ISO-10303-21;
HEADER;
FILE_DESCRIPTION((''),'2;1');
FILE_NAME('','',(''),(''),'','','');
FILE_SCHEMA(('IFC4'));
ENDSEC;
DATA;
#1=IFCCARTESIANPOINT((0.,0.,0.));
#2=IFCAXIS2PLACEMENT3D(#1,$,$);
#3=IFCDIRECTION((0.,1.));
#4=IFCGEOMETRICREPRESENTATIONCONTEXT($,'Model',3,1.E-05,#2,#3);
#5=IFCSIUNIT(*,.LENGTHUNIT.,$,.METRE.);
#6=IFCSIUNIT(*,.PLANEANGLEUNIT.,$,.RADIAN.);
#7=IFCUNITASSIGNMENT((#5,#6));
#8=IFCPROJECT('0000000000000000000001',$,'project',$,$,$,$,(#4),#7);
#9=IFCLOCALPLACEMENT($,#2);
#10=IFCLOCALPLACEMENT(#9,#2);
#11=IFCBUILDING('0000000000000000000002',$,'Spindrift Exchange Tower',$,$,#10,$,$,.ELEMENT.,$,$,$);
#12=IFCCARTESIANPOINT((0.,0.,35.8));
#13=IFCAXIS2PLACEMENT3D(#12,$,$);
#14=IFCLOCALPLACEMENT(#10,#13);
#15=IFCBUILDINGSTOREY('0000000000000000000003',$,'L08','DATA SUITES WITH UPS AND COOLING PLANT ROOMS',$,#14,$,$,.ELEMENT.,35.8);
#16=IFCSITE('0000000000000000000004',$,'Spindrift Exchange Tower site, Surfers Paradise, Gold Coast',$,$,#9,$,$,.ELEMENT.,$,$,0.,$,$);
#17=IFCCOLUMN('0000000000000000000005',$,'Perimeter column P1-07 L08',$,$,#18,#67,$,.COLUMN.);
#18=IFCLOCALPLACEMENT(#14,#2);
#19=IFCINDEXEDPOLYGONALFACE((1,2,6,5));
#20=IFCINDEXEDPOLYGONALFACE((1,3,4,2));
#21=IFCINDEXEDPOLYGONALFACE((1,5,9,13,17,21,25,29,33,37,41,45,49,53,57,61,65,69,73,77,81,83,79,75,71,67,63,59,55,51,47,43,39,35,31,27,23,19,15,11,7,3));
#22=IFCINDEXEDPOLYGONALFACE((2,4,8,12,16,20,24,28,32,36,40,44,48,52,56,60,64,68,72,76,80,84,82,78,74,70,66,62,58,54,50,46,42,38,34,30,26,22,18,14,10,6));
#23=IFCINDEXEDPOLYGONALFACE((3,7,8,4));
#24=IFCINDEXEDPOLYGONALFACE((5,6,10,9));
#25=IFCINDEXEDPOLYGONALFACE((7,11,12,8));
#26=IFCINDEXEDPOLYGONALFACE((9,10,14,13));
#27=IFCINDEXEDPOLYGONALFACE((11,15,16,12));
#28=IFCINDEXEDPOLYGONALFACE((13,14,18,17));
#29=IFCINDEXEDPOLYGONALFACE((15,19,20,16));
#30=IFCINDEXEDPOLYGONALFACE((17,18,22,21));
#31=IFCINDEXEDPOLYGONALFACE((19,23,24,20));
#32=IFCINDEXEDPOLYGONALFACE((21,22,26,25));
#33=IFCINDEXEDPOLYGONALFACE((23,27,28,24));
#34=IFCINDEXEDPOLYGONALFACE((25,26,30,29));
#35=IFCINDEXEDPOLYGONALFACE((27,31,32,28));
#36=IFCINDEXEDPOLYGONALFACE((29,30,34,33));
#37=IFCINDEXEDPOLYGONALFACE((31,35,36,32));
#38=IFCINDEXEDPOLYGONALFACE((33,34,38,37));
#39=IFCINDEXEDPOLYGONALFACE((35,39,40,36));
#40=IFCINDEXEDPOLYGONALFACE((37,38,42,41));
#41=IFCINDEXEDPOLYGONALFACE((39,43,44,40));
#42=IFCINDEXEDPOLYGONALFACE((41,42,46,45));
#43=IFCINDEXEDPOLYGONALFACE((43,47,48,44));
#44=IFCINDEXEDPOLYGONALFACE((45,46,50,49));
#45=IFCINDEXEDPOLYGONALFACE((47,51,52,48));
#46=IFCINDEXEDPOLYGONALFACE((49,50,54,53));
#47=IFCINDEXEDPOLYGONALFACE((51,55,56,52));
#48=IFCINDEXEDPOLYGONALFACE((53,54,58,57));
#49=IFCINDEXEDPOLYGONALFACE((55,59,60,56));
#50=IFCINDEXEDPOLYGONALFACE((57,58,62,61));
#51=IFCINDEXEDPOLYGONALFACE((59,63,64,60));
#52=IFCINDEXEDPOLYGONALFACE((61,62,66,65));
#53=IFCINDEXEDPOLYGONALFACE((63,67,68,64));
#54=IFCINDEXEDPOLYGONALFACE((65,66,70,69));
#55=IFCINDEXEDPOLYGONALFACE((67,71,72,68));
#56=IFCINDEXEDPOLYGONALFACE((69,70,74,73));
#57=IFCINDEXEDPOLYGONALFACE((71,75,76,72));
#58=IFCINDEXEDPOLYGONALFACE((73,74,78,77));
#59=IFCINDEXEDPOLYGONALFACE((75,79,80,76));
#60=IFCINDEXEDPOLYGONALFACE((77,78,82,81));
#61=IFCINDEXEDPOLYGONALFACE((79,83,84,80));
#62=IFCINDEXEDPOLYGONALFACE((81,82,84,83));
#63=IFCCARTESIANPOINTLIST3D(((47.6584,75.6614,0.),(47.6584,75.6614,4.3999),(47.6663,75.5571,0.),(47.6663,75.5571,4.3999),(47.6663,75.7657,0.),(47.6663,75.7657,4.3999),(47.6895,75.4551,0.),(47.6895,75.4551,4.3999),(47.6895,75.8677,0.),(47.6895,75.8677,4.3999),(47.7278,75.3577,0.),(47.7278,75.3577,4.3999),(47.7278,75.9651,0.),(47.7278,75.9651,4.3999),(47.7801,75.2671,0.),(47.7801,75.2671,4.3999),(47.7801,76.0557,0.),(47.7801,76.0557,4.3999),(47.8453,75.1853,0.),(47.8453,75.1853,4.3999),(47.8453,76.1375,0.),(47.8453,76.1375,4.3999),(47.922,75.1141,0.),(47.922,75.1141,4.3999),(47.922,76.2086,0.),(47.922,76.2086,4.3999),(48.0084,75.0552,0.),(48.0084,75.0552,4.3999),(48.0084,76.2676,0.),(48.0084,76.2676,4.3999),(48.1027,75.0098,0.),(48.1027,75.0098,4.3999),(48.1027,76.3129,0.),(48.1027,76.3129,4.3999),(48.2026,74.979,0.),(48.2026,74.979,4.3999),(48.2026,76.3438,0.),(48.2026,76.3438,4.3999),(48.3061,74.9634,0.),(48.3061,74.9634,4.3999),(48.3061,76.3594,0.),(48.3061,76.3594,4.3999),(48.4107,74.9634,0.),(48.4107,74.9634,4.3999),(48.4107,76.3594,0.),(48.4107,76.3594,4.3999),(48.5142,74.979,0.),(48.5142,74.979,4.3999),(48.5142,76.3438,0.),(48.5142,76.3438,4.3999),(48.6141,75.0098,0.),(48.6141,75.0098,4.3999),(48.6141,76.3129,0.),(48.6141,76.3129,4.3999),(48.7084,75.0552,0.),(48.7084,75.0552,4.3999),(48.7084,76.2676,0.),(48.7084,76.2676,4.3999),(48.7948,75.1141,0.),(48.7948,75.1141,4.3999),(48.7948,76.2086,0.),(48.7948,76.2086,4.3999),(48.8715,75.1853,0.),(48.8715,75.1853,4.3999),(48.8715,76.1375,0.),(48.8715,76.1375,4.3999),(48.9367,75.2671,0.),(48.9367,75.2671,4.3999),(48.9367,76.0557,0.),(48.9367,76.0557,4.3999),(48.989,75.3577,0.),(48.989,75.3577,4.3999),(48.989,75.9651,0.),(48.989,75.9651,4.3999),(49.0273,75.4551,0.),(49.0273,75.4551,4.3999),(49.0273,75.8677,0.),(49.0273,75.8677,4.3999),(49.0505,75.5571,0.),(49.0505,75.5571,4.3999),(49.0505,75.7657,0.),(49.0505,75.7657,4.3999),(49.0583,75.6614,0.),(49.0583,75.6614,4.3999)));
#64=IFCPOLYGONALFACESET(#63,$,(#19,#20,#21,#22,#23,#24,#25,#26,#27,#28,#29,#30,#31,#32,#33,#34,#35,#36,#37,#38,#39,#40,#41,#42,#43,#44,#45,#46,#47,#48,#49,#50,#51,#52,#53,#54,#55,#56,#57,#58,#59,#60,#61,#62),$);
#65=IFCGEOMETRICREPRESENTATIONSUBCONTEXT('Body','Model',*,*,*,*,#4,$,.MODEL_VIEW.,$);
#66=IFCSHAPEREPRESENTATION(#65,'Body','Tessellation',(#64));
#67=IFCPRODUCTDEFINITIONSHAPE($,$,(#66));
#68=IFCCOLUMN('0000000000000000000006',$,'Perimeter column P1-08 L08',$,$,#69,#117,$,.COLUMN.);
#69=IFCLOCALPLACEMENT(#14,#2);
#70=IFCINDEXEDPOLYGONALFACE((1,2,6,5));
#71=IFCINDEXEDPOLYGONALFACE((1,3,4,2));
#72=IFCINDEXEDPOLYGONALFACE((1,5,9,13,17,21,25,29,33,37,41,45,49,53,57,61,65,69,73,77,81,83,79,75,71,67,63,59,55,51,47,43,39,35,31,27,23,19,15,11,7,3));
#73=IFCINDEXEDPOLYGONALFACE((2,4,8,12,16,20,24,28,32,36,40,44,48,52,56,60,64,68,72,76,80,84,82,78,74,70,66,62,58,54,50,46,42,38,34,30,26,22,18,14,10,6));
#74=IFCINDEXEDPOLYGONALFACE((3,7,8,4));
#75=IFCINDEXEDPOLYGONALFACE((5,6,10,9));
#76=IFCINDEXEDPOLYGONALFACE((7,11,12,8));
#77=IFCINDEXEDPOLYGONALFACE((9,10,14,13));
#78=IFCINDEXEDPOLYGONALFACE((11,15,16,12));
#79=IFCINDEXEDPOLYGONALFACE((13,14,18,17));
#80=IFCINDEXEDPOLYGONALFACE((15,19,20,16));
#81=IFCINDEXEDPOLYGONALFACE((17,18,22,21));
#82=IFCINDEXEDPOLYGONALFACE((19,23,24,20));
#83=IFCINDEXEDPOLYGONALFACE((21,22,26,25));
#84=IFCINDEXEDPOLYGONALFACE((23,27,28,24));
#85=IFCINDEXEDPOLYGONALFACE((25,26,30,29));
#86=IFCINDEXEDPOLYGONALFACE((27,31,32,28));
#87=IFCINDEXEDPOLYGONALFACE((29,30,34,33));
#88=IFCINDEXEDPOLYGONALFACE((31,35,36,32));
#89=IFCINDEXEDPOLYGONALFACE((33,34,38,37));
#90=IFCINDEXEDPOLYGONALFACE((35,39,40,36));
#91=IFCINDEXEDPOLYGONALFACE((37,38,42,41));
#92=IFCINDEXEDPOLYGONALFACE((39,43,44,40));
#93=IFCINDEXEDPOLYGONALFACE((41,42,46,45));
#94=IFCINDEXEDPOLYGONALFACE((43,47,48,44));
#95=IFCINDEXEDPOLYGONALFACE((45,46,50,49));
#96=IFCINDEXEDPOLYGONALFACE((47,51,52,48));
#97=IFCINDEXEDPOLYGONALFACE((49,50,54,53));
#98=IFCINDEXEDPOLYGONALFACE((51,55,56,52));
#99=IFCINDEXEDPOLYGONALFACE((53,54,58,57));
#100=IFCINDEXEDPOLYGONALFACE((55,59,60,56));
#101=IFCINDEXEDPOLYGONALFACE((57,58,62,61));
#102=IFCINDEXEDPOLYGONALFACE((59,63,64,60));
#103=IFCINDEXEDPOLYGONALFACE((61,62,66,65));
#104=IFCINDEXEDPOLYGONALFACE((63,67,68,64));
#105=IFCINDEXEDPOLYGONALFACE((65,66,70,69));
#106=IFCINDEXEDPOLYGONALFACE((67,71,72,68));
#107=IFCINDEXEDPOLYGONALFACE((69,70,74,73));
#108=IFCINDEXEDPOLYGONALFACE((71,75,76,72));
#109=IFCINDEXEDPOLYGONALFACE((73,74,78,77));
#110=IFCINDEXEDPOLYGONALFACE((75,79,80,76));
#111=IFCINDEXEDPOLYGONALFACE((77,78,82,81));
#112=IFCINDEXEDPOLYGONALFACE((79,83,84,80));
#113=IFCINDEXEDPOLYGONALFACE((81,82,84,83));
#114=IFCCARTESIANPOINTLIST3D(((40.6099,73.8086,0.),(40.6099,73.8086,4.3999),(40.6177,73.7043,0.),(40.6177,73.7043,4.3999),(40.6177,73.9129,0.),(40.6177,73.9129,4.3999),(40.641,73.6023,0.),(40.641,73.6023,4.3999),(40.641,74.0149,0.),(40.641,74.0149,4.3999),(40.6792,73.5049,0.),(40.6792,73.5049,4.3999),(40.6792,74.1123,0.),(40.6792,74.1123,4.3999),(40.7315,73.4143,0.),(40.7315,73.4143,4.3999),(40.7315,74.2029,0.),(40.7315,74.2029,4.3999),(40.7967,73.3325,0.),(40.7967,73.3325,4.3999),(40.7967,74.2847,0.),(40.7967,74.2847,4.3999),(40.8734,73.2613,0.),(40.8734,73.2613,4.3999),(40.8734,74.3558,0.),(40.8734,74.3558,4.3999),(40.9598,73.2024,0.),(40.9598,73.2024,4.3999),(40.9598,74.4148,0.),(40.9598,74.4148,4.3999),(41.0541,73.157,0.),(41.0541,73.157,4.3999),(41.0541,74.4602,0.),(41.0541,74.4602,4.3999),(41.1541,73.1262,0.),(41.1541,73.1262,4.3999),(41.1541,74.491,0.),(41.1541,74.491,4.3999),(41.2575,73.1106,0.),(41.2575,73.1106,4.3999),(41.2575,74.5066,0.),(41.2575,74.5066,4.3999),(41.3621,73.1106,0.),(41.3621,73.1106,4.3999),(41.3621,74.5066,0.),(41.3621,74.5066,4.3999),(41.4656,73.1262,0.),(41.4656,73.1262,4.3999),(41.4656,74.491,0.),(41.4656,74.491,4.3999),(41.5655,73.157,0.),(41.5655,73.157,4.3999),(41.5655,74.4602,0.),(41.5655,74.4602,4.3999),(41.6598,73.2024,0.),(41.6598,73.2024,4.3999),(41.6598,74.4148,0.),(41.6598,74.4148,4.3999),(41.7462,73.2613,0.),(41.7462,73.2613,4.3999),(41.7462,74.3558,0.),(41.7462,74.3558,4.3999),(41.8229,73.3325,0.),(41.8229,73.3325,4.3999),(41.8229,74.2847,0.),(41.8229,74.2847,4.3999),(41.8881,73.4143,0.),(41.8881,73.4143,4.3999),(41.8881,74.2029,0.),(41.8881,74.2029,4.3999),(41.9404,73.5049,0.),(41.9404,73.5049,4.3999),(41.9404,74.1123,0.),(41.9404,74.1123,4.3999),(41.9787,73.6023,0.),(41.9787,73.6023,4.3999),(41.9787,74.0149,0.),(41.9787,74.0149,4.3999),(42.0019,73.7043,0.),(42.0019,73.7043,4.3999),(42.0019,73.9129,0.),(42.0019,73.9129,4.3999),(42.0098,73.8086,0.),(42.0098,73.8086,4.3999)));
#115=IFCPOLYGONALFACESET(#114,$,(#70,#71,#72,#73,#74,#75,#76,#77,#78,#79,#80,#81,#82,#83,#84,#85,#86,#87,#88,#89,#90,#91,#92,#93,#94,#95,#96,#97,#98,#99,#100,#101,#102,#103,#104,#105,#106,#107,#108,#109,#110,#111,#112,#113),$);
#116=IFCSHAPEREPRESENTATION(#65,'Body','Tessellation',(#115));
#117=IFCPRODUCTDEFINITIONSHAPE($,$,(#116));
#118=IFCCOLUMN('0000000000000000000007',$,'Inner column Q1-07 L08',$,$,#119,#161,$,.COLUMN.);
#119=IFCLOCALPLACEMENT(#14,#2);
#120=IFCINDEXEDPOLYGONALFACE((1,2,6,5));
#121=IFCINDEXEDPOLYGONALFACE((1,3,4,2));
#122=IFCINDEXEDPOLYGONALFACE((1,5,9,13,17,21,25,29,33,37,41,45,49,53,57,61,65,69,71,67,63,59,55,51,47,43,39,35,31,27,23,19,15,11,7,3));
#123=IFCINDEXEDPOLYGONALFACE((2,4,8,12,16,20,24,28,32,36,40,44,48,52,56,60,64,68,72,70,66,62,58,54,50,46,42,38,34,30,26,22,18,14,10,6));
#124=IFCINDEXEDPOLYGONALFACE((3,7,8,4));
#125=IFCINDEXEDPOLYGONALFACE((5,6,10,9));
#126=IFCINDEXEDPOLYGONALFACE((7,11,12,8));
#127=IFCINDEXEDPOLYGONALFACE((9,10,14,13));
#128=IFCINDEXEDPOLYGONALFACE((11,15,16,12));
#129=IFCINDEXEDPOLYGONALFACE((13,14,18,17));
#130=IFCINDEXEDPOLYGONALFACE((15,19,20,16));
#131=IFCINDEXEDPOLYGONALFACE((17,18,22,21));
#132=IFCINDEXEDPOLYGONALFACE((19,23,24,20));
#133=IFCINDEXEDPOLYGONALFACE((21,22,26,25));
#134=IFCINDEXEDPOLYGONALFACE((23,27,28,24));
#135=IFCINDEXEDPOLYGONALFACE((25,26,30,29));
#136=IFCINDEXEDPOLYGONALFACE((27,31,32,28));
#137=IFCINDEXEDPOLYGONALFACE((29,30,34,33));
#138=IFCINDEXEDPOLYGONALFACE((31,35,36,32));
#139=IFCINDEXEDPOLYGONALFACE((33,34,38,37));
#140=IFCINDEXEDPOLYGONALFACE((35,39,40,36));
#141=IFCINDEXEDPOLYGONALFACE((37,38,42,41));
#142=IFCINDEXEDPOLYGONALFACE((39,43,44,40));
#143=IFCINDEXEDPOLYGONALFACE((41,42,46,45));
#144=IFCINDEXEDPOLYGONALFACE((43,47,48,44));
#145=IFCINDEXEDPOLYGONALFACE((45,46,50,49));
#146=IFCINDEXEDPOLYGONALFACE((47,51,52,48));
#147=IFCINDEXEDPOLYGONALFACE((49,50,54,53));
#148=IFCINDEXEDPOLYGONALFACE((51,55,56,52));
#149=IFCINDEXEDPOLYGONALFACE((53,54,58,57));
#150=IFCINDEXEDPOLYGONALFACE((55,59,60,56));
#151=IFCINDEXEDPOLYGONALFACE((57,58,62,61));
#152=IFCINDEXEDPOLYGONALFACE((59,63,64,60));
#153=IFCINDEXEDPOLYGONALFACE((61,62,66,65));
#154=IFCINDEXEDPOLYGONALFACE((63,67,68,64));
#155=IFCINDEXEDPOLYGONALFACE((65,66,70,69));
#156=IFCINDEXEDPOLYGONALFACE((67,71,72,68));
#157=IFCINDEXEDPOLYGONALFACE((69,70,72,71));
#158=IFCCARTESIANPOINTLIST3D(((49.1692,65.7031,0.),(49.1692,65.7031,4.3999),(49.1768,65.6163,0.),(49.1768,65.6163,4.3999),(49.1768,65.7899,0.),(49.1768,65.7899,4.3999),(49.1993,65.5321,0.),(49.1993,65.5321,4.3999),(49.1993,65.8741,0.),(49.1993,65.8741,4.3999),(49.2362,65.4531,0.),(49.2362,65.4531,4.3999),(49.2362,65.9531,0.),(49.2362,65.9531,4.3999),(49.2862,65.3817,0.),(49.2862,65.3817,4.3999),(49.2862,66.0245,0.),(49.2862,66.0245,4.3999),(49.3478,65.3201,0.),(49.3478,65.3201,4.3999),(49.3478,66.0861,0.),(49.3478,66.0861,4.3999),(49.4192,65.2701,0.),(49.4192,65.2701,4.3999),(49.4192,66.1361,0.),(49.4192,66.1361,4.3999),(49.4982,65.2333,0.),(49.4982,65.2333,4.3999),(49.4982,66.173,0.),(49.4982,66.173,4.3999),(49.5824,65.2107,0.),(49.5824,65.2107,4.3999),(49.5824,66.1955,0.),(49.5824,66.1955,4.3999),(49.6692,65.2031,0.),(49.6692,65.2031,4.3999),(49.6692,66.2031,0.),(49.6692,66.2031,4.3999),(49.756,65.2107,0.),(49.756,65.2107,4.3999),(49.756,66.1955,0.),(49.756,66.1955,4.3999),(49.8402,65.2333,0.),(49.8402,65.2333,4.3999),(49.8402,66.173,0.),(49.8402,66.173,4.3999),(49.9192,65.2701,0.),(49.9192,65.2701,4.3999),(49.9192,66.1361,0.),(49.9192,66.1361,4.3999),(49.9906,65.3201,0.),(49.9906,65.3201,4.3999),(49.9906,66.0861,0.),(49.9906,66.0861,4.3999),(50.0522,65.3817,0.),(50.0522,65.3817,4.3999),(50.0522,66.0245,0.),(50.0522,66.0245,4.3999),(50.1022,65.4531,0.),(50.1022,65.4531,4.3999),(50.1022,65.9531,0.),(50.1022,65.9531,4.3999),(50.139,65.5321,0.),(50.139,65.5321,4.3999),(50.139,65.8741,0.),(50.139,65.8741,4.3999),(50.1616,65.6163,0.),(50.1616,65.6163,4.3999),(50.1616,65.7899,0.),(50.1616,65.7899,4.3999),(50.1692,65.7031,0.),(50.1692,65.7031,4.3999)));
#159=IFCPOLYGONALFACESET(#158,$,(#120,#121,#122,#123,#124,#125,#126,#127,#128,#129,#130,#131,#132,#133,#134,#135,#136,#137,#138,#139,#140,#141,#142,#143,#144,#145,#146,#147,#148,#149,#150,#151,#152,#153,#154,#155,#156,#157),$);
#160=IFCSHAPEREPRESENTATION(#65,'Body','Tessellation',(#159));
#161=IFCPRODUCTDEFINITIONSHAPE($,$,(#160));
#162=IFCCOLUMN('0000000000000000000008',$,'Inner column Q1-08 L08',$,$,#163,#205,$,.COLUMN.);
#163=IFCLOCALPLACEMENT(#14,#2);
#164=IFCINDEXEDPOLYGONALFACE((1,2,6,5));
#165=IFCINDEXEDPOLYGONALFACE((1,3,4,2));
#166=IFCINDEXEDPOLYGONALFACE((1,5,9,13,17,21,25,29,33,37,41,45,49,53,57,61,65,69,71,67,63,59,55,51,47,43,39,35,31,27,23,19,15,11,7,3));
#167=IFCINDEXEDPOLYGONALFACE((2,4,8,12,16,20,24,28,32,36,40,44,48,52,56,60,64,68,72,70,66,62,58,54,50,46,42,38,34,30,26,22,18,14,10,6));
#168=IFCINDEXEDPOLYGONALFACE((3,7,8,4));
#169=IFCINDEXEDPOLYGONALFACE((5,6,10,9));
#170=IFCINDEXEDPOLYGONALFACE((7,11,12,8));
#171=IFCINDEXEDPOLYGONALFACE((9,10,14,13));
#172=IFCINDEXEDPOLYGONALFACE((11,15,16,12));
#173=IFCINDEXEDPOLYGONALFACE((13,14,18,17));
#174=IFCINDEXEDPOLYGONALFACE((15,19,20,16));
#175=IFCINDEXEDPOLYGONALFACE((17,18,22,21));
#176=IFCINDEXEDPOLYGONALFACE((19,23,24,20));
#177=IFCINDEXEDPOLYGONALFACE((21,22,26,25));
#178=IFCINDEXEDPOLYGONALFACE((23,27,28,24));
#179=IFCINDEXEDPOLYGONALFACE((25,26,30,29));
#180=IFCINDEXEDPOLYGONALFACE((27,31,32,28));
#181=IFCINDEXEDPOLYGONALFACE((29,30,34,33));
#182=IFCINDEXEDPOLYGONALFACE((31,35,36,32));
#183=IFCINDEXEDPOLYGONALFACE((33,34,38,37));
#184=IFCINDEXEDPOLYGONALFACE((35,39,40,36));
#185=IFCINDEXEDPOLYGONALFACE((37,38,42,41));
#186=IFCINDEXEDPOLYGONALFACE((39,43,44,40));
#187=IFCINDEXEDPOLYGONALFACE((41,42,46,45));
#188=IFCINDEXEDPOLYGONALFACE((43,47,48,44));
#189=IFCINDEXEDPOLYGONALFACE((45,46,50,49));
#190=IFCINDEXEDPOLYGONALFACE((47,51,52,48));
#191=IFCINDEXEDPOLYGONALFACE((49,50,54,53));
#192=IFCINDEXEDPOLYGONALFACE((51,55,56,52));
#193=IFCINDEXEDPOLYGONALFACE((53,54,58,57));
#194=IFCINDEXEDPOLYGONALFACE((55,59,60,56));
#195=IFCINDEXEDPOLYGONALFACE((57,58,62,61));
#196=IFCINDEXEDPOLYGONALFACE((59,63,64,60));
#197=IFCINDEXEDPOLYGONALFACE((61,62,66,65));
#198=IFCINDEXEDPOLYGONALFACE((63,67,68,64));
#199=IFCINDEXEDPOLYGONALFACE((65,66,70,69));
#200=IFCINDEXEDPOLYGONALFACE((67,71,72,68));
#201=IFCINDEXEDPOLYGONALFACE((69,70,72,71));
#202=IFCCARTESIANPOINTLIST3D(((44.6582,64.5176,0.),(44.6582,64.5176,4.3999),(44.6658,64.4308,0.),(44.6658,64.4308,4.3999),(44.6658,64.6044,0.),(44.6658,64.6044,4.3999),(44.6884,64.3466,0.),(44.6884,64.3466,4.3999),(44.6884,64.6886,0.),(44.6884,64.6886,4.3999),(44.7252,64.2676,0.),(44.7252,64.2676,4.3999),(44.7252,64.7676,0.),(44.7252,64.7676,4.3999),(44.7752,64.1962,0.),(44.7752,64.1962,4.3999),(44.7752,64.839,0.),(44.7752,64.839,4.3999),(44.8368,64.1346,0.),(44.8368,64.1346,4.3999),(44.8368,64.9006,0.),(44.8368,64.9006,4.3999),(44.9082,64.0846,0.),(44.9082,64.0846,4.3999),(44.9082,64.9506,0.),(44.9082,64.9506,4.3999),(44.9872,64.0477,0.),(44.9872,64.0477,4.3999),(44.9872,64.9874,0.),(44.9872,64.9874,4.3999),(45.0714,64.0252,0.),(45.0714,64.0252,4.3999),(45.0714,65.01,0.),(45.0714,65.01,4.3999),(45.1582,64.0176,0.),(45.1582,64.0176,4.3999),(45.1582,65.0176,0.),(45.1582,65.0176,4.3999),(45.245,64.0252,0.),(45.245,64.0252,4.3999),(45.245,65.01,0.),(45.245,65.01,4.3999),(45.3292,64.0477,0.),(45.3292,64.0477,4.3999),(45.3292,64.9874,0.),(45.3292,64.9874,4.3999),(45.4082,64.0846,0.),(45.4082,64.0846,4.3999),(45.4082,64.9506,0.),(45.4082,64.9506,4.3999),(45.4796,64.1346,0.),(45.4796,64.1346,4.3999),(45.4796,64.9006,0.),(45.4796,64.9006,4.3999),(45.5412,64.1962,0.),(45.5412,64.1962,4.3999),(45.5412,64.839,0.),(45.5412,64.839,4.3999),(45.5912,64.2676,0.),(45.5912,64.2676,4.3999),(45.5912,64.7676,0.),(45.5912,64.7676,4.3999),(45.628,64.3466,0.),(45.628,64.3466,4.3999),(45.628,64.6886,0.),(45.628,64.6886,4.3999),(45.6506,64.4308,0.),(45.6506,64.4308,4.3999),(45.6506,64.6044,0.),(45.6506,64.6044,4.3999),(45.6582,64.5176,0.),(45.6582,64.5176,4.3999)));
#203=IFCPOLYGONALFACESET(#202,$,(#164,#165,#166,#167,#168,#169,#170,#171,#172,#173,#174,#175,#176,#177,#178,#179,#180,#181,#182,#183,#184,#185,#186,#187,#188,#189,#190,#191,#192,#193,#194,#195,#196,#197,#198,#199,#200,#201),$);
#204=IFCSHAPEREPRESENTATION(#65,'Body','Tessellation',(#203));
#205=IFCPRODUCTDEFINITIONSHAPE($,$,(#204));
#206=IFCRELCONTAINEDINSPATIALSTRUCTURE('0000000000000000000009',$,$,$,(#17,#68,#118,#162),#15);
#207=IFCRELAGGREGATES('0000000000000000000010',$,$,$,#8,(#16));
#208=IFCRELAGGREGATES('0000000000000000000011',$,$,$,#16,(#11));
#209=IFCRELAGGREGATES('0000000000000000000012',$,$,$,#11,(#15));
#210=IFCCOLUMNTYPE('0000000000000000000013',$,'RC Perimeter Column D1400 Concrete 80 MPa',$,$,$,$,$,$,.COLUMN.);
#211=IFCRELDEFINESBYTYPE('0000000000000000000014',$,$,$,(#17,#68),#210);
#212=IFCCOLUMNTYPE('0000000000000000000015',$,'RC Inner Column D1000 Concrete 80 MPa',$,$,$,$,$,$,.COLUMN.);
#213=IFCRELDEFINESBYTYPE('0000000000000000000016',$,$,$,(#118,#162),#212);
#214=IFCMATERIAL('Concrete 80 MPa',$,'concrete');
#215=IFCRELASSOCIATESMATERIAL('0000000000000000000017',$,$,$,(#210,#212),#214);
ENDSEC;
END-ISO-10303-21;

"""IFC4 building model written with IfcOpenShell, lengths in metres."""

from ifc_helpers import new_model, si_unit, direction, frame, origin, origin_2d, place, context, subcontext, project, spatial, circle, extrude, source, transform, mapped, material, material_profile, profile_set, type_object, element, save


model = new_model("IFC4")

# Units and contexts
model_context = context("Model", 3, precision=1e-05, world=origin(), true_north=direction((0.0, 1.0)))
body_context = subcontext(model_context, "Body", "Model", "MODEL_VIEW")
ifc_project = project(units=[si_unit("LENGTHUNIT", "METRE"), si_unit("PLANEANGLEUNIT", "RADIAN")], contexts=[model_context])

# Site, building, storey
site_placement = place(None, origin())
site = spatial("IfcSite", under=ifc_project, at=site_placement, Name="Spindrift Exchange Tower site, Surfers Paradise, Gold Coast", CompositionType="ELEMENT", RefElevation=0.0)
building_placement = place(site_placement, origin())
building = spatial("IfcBuilding", under=site, at=building_placement, Name="Spindrift Exchange Tower", CompositionType="ELEMENT")
storey_placement = place(building_placement, frame((0.0, 0.0, 35.8)))
storey = spatial("IfcBuildingStorey", under=building, at=storey_placement, Name="L08", Description="DATA SUITES WITH UPS AND COOLING PLANT ROOMS", CompositionType="ELEMENT", Elevation=35.8)

# Columns
ifc_material_1 = material(Name="Concrete 80 MPa", Category="concrete")
ifc_material_profile_1 = material_profile(ifc_material_1, circle(Radius=0.7, at=origin_2d()), Name="RC D1400")
ifc_profile_set_1 = profile_set([ifc_material_profile_1], Name="Concrete 80 MPa")
column_type_1 = type_object("IfcColumnType", Name="RC Perimeter Column D1400 Concrete 80 MPa", PredefinedType="COLUMN", material=ifc_profile_set_1)
shared_shape_1 = source(origin(), body_context, "Body", "SweptSolid", [
    extrude(circle(Radius=0.7, at=origin_2d()), origin(), (0.0, 0.0, 1.0), 4.3999),
])
for number, where, z_axis, x_axis, name in (
    (1, (48.3584, 75.6614, 0.0), (0.0, 0.0, 1.0), (1.0, 0.0, 0.0), "Perimeter column P1-07 L08"),
    (2, (41.3098, 73.8086, 0.0), (0.0, 0.0, 1.0), (1.0, 0.0, 0.0), "Perimeter column P1-08 L08"),
):
    element("IfcColumn", number, at=place(storey_placement, frame(where, z_axis=z_axis, x_axis=x_axis)), inside=storey, type_object=column_type_1, Name=name, PredefinedType="COLUMN", context=body_context, shape_type="MappedRepresentation", body=[
        mapped(shared_shape_1, transform((0.0, 0.0, 0.0), scale=1.0)),
    ])
ifc_material_profile_2 = material_profile(ifc_material_1, circle(Radius=0.5, at=origin_2d()), Name="RC D1000")
ifc_profile_set_2 = profile_set([ifc_material_profile_2], Name="Concrete 80 MPa")
column_type_2 = type_object("IfcColumnType", Name="RC Inner Column D1000 Concrete 80 MPa", PredefinedType="COLUMN", material=ifc_profile_set_2)
shared_shape_2 = source(origin(), body_context, "Body", "SweptSolid", [
    extrude(circle(Radius=0.5, at=origin_2d()), origin(), (0.0, 0.0, 1.0), 4.3999),
])
for number, where, z_axis, x_axis, name in (
    (3, (49.6692, 65.7031, 0.0), (0.0, 0.0, 1.0), (1.0, 0.0, 0.0), "Inner column Q1-07 L08"),
    (4, (45.1582, 64.5176, 0.0), (0.0, 0.0, 1.0), (1.0, 0.0, 0.0), "Inner column Q1-08 L08"),
):
    element("IfcColumn", number, at=place(storey_placement, frame(where, z_axis=z_axis, x_axis=x_axis)), inside=storey, type_object=column_type_2, Name=name, PredefinedType="COLUMN", context=body_context, shape_type="MappedRepresentation", body=[
        mapped(shared_shape_2, transform((0.0, 0.0, 0.0), scale=1.0)),
    ])

save(model, "model.ifc")
